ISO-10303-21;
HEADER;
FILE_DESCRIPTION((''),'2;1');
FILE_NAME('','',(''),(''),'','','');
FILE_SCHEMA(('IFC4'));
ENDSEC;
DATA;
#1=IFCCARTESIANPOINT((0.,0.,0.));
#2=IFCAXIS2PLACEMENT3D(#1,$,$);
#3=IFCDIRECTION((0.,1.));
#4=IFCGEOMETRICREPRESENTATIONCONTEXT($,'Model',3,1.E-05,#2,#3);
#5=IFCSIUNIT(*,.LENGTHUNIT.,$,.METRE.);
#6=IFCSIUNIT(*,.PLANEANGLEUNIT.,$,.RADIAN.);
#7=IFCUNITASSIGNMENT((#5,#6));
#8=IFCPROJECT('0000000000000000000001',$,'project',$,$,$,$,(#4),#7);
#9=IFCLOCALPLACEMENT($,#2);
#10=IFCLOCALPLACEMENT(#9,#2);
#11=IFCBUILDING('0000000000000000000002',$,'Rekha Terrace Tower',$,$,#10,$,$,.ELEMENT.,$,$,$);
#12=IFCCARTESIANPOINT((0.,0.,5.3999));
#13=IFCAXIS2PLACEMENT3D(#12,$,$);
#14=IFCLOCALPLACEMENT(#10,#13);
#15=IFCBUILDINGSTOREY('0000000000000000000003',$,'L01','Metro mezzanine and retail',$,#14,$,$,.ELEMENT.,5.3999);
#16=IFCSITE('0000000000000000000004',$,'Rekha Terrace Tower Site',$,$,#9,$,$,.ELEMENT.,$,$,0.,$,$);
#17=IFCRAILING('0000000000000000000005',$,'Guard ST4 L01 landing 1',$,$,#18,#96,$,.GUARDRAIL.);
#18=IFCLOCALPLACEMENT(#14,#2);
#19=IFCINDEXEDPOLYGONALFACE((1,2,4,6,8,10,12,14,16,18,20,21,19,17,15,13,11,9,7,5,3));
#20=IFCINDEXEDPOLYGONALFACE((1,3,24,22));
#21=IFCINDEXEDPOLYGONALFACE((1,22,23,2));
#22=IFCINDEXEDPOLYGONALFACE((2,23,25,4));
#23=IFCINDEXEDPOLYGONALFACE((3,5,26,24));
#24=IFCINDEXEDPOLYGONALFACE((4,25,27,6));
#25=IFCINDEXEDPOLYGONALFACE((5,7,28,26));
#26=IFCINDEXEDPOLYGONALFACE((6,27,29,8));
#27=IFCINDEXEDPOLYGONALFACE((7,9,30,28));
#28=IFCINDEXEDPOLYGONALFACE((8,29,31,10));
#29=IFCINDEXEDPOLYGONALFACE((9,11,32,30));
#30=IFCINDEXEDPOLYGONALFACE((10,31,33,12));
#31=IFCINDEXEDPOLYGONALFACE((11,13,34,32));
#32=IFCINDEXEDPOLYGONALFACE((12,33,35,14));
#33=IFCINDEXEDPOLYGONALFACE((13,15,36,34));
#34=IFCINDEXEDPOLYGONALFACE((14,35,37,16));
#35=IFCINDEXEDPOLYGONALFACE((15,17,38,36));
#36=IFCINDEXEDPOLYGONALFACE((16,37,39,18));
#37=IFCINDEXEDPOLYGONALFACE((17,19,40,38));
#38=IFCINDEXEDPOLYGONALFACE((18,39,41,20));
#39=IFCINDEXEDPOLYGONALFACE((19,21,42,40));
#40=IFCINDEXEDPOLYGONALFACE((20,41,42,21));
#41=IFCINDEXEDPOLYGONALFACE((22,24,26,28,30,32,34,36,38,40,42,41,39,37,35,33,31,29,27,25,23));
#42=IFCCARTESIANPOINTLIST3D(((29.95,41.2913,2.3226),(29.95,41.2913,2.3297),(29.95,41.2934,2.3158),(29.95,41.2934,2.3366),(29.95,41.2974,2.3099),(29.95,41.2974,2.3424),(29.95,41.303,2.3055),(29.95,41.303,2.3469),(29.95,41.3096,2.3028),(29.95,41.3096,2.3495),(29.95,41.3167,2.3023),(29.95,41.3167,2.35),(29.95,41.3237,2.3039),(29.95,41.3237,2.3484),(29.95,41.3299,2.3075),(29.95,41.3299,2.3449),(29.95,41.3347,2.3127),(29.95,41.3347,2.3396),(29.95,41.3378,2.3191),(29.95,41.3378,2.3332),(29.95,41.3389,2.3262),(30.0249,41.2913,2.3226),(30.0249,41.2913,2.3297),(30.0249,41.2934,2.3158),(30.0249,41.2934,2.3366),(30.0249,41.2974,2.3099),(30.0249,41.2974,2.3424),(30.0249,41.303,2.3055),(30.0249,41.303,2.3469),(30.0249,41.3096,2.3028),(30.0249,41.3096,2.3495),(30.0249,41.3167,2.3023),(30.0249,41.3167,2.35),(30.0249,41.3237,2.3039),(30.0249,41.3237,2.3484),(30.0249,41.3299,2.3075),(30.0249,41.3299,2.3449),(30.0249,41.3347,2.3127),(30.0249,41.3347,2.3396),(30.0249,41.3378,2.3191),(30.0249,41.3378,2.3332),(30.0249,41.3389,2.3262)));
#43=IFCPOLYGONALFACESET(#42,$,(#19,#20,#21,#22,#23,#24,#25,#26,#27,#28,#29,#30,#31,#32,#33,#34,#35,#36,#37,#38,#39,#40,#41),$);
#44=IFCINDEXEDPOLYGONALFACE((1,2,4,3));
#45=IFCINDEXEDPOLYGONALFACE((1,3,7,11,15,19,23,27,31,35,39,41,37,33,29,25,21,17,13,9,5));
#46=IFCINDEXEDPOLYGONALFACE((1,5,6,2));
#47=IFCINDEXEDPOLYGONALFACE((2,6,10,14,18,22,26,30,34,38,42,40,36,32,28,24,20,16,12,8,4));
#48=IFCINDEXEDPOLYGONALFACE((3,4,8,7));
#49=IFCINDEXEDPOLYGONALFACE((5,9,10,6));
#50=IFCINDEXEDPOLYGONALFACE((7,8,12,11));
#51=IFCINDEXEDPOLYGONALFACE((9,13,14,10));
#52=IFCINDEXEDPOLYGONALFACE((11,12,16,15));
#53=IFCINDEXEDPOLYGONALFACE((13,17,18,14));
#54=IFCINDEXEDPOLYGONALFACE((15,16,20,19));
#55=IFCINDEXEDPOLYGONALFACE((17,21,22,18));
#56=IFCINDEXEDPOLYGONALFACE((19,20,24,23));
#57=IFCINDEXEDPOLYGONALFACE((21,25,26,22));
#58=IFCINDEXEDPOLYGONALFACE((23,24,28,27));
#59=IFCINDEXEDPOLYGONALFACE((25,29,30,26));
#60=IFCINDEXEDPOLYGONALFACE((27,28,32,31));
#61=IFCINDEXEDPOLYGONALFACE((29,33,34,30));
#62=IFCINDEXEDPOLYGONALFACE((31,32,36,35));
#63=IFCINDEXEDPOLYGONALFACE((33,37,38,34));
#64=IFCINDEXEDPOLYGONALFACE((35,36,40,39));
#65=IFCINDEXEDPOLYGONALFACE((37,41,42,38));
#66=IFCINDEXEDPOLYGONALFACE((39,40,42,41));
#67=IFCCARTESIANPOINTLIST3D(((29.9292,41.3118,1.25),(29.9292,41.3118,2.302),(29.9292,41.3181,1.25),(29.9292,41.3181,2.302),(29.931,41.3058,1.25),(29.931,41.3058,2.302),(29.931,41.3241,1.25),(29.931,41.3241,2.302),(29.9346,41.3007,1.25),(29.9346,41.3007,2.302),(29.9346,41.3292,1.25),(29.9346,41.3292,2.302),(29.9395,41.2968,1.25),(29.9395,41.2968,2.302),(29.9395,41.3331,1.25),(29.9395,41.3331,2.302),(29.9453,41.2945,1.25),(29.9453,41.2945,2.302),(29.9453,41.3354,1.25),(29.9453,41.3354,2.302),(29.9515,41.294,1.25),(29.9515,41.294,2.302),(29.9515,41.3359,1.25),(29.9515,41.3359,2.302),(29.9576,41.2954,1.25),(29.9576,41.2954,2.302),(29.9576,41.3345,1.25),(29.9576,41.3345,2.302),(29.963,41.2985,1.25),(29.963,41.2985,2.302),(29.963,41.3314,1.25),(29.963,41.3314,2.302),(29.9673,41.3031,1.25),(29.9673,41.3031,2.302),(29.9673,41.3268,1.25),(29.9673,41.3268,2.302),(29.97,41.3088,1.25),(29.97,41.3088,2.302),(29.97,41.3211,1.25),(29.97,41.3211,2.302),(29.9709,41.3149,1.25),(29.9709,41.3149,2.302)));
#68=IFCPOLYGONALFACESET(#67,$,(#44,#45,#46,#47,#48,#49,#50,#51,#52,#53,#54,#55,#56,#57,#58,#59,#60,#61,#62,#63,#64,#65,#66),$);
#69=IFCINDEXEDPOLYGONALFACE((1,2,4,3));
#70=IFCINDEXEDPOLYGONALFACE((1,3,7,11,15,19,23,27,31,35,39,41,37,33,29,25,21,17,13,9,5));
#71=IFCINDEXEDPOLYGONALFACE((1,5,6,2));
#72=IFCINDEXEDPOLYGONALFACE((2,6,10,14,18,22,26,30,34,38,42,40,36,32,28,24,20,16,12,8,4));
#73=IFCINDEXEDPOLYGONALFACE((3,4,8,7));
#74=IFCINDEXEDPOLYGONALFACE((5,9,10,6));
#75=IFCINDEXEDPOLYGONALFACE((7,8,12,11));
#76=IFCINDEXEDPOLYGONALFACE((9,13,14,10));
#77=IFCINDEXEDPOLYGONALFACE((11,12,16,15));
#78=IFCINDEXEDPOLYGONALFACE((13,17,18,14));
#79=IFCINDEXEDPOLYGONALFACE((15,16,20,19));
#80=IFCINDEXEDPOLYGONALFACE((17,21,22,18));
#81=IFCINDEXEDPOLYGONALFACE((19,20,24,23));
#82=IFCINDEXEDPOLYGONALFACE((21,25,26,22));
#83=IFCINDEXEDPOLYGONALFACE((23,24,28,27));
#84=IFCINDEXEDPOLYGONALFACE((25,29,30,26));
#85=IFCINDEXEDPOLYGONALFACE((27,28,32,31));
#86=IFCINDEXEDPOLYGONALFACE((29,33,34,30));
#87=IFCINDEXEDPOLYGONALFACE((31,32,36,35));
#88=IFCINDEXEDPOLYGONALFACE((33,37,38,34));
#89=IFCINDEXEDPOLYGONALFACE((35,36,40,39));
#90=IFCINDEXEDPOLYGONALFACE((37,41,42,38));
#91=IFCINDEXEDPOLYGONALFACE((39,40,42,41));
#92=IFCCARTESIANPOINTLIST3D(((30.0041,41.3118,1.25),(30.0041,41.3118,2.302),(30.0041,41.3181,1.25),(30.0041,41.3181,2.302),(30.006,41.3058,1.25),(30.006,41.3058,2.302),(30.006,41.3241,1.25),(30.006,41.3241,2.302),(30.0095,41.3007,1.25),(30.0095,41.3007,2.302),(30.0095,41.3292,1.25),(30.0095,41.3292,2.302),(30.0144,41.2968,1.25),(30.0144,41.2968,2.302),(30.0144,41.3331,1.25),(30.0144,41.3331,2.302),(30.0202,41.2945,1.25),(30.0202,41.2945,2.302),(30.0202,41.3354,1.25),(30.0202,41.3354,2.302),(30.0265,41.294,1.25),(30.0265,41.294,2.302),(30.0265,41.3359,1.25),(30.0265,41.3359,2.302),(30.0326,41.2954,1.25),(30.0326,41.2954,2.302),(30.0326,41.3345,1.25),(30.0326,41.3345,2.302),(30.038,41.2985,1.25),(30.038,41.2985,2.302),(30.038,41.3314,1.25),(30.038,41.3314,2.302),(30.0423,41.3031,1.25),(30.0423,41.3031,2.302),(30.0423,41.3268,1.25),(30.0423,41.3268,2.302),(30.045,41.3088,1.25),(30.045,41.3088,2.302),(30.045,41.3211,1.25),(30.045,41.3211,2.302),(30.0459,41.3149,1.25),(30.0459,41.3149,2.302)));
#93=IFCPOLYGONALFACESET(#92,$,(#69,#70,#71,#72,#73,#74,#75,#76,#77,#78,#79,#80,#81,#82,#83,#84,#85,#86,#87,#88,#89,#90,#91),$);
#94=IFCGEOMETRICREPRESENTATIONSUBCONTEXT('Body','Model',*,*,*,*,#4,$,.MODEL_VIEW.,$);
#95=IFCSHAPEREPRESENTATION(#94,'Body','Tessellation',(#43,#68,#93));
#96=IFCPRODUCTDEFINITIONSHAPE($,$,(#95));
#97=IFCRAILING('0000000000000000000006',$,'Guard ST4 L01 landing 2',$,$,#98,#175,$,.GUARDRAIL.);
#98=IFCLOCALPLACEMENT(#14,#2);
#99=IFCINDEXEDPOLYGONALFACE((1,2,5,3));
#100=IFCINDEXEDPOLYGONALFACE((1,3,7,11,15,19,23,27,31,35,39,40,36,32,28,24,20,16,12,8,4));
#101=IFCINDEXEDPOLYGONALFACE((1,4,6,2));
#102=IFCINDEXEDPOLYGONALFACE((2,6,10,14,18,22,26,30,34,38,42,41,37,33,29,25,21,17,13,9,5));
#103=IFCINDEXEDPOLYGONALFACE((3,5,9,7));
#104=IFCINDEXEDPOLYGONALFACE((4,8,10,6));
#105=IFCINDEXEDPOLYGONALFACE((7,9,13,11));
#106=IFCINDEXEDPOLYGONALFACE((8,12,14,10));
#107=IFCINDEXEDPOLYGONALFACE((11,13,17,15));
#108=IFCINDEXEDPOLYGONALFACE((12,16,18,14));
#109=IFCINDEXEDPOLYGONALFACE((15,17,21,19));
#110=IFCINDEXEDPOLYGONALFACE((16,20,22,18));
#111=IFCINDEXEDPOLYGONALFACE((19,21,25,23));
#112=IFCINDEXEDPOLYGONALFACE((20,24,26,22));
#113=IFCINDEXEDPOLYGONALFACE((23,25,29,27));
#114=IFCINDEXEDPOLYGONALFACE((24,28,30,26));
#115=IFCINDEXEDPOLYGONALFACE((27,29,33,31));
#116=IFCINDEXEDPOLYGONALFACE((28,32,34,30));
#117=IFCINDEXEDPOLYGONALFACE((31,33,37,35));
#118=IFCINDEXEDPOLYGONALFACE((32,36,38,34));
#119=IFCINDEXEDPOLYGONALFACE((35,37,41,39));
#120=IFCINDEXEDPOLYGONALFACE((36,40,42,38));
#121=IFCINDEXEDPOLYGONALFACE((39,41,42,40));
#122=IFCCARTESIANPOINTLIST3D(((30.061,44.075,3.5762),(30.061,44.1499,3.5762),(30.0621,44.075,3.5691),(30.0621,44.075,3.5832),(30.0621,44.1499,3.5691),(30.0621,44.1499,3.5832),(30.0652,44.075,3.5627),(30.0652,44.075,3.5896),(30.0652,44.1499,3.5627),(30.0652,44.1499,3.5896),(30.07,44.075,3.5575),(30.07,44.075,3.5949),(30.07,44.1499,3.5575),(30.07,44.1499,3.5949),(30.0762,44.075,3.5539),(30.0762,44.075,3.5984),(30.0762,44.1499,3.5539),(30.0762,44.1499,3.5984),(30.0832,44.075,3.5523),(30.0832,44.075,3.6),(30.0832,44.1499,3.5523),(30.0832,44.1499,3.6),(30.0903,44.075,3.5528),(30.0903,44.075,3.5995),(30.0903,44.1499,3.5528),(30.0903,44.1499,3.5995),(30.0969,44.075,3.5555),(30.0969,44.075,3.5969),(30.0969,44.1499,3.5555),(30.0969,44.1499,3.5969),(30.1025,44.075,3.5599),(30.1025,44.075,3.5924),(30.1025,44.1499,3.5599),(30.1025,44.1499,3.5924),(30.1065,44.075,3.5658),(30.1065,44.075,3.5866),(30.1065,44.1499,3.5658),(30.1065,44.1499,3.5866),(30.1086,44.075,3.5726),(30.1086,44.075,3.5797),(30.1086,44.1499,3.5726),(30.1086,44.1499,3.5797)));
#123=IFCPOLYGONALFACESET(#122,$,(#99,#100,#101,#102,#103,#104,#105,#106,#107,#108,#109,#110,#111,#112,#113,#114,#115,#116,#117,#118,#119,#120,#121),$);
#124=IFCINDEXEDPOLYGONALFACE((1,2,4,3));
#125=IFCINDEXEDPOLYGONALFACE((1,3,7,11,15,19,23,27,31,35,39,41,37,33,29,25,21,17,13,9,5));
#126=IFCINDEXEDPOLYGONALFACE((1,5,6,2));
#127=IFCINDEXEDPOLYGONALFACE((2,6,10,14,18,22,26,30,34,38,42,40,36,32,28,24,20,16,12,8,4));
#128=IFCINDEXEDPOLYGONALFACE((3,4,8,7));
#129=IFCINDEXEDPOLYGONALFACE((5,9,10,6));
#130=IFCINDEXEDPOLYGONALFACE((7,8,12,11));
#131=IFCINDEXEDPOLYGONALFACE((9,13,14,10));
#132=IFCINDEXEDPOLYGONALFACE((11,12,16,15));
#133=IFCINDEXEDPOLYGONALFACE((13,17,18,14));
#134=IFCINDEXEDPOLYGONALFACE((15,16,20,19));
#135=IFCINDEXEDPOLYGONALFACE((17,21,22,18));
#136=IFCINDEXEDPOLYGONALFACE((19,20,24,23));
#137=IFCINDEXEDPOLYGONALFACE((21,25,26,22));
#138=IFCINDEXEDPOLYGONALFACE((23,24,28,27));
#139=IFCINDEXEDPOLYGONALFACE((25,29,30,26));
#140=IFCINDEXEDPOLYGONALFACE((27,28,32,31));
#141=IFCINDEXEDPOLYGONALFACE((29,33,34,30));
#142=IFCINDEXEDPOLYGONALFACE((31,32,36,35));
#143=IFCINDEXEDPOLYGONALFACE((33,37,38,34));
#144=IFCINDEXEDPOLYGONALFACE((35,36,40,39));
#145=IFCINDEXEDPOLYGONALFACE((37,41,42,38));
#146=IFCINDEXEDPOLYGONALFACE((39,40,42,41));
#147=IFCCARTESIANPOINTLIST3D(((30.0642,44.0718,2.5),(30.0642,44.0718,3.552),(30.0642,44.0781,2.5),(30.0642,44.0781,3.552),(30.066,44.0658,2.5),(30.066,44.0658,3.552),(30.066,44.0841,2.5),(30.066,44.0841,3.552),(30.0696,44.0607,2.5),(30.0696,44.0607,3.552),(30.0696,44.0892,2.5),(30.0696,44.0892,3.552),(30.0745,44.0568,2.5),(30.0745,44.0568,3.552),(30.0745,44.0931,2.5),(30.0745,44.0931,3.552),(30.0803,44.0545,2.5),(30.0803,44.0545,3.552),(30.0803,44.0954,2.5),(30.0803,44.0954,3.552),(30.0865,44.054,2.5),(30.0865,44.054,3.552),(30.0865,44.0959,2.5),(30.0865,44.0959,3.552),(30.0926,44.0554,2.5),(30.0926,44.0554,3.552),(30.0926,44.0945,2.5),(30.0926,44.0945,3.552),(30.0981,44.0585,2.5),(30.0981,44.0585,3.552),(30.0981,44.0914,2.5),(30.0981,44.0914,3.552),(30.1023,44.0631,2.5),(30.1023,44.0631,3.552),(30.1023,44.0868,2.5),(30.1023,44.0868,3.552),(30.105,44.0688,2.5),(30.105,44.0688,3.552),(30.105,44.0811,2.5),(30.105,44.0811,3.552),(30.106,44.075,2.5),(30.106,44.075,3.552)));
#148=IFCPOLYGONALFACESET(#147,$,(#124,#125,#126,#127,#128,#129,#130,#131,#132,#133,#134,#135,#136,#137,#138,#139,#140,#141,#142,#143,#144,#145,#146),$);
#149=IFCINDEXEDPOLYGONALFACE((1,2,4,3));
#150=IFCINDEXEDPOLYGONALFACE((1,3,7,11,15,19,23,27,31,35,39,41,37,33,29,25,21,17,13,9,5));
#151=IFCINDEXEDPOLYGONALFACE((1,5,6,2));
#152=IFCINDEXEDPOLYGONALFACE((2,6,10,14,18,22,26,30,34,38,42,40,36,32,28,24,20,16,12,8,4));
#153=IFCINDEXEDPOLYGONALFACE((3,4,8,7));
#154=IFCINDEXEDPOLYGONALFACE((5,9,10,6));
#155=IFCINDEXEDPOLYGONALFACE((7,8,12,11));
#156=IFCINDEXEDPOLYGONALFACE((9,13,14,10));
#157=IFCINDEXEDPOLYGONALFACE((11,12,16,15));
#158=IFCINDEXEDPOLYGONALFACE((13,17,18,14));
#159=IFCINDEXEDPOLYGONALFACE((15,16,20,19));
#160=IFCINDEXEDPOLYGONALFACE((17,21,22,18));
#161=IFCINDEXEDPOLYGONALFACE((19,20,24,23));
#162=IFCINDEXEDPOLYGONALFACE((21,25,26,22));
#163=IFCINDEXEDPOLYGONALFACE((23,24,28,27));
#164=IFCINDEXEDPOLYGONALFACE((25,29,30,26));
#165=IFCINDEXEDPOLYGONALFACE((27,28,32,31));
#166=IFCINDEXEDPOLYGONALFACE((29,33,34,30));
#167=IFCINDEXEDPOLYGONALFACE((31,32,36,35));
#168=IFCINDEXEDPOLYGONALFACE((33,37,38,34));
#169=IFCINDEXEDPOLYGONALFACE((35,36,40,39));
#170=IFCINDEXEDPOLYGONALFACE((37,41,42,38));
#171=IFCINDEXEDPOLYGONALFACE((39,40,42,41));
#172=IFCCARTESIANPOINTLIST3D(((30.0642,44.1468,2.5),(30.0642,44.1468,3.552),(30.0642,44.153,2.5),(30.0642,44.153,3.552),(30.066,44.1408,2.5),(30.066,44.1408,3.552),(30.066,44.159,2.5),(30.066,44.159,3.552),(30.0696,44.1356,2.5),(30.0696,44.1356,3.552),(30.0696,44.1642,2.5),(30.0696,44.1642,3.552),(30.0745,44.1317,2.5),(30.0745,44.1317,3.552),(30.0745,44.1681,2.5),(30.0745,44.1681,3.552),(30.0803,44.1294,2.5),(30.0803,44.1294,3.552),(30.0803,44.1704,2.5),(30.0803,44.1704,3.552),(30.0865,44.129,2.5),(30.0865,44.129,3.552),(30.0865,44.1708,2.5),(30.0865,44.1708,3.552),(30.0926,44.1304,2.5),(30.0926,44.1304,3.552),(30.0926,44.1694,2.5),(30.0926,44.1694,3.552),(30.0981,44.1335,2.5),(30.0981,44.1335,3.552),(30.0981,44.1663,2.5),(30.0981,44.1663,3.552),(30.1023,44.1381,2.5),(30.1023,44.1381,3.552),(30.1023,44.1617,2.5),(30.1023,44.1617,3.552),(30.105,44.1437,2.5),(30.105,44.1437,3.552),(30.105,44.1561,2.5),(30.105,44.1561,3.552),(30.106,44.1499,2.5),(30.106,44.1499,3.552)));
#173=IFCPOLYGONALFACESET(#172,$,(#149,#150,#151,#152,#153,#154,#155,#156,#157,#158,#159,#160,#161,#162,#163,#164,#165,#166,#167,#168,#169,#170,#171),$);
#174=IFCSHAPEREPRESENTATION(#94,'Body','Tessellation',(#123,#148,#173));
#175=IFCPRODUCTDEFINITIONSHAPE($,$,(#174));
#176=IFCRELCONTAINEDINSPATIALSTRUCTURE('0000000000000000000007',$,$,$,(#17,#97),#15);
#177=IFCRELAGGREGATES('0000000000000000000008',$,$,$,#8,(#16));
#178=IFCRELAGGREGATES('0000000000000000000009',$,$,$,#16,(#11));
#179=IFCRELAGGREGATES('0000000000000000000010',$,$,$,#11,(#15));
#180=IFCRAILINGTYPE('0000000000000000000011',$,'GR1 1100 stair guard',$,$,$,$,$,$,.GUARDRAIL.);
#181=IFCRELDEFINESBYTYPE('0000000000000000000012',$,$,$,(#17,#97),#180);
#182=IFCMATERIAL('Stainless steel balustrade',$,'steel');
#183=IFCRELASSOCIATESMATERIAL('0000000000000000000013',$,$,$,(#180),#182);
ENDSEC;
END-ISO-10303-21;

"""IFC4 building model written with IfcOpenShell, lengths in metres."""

from ifc_helpers import new_model, si_unit, direction, frame, origin, origin_2d, place, context, subcontext, project, spatial, circle, extrude, material, type_object, element, save


model = new_model("IFC4")

# Units and contexts
model_context = context("Model", 3, precision=1e-05, world=origin(), true_north=direction((0.0, 1.0)))
body_context = subcontext(model_context, "Body", "Model", "MODEL_VIEW")
ifc_project = project(units=[si_unit("LENGTHUNIT", "METRE"), si_unit("PLANEANGLEUNIT", "RADIAN")], contexts=[model_context])

# Site, building, storey
site_placement = place(None, origin())
site = spatial("IfcSite", under=ifc_project, at=site_placement, Name="Rekha Terrace Tower Site", CompositionType="ELEMENT", RefElevation=0.0)
building_placement = place(site_placement, origin())
building = spatial("IfcBuilding", under=site, at=building_placement, Name="Rekha Terrace Tower", CompositionType="ELEMENT")
storey_placement = place(building_placement, frame((0.0, 0.0, 5.3999)))
storey = spatial("IfcBuildingStorey", under=building, at=storey_placement, Name="L01", Description="Metro mezzanine and retail", CompositionType="ELEMENT", Elevation=5.3999)

# Railings
ifc_material_1 = material(Name="Stainless steel balustrade", Category="steel")
railing_type_1 = type_object("IfcRailingType", Name="GR1 1100 stair guard", PredefinedType="GUARDRAIL", material=ifc_material_1)
railing_1_placement = place(storey_placement, frame((29.95, 41.3149, 1.25)))
element("IfcRailing", 1, at=railing_1_placement, inside=storey, type_object=railing_type_1, Name="Guard ST4 L01 landing 1", PredefinedType="GUARDRAIL", context=body_context, shape_type="SweptSolid", body=[
    extrude(circle(Radius=0.0239, at=origin_2d()), frame((0.0, 0.0, 1.0762), z_axis=(1.0, 0.0, 0.0), x_axis=(0.0, 1.0, 0.0)), (0.0, 0.0, 1.0), 0.075),
    extrude(circle(Radius=0.021, at=origin_2d()), origin(), (0.0, 0.0, 1.0), 1.052),
    extrude(circle(Radius=0.021, at=origin_2d()), frame((0.075, 0.0, 0.0)), (0.0, 0.0, 1.0), 1.052),
])
railing_2_placement = place(storey_placement, frame((30.085, 44.075, 2.5)))
element("IfcRailing", 2, at=railing_2_placement, inside=storey, type_object=railing_type_1, Name="Guard ST4 L01 landing 2", PredefinedType="GUARDRAIL", context=body_context, shape_type="SweptSolid", body=[
    extrude(circle(Radius=0.0239, at=origin_2d()), frame((0.0, 0.0, 1.0762), z_axis=(0.0, 1.0, 0.0), x_axis=(-1.0, 0.0, 0.0)), (0.0, 0.0, 1.0), 0.075),
    extrude(circle(Radius=0.021, at=origin_2d()), origin(), (0.0, 0.0, 1.0), 1.052),
    extrude(circle(Radius=0.021, at=origin_2d()), frame((0.0, 0.075, 0.0)), (0.0, 0.0, 1.0), 1.052),
])

save(model, "model.ifc")
